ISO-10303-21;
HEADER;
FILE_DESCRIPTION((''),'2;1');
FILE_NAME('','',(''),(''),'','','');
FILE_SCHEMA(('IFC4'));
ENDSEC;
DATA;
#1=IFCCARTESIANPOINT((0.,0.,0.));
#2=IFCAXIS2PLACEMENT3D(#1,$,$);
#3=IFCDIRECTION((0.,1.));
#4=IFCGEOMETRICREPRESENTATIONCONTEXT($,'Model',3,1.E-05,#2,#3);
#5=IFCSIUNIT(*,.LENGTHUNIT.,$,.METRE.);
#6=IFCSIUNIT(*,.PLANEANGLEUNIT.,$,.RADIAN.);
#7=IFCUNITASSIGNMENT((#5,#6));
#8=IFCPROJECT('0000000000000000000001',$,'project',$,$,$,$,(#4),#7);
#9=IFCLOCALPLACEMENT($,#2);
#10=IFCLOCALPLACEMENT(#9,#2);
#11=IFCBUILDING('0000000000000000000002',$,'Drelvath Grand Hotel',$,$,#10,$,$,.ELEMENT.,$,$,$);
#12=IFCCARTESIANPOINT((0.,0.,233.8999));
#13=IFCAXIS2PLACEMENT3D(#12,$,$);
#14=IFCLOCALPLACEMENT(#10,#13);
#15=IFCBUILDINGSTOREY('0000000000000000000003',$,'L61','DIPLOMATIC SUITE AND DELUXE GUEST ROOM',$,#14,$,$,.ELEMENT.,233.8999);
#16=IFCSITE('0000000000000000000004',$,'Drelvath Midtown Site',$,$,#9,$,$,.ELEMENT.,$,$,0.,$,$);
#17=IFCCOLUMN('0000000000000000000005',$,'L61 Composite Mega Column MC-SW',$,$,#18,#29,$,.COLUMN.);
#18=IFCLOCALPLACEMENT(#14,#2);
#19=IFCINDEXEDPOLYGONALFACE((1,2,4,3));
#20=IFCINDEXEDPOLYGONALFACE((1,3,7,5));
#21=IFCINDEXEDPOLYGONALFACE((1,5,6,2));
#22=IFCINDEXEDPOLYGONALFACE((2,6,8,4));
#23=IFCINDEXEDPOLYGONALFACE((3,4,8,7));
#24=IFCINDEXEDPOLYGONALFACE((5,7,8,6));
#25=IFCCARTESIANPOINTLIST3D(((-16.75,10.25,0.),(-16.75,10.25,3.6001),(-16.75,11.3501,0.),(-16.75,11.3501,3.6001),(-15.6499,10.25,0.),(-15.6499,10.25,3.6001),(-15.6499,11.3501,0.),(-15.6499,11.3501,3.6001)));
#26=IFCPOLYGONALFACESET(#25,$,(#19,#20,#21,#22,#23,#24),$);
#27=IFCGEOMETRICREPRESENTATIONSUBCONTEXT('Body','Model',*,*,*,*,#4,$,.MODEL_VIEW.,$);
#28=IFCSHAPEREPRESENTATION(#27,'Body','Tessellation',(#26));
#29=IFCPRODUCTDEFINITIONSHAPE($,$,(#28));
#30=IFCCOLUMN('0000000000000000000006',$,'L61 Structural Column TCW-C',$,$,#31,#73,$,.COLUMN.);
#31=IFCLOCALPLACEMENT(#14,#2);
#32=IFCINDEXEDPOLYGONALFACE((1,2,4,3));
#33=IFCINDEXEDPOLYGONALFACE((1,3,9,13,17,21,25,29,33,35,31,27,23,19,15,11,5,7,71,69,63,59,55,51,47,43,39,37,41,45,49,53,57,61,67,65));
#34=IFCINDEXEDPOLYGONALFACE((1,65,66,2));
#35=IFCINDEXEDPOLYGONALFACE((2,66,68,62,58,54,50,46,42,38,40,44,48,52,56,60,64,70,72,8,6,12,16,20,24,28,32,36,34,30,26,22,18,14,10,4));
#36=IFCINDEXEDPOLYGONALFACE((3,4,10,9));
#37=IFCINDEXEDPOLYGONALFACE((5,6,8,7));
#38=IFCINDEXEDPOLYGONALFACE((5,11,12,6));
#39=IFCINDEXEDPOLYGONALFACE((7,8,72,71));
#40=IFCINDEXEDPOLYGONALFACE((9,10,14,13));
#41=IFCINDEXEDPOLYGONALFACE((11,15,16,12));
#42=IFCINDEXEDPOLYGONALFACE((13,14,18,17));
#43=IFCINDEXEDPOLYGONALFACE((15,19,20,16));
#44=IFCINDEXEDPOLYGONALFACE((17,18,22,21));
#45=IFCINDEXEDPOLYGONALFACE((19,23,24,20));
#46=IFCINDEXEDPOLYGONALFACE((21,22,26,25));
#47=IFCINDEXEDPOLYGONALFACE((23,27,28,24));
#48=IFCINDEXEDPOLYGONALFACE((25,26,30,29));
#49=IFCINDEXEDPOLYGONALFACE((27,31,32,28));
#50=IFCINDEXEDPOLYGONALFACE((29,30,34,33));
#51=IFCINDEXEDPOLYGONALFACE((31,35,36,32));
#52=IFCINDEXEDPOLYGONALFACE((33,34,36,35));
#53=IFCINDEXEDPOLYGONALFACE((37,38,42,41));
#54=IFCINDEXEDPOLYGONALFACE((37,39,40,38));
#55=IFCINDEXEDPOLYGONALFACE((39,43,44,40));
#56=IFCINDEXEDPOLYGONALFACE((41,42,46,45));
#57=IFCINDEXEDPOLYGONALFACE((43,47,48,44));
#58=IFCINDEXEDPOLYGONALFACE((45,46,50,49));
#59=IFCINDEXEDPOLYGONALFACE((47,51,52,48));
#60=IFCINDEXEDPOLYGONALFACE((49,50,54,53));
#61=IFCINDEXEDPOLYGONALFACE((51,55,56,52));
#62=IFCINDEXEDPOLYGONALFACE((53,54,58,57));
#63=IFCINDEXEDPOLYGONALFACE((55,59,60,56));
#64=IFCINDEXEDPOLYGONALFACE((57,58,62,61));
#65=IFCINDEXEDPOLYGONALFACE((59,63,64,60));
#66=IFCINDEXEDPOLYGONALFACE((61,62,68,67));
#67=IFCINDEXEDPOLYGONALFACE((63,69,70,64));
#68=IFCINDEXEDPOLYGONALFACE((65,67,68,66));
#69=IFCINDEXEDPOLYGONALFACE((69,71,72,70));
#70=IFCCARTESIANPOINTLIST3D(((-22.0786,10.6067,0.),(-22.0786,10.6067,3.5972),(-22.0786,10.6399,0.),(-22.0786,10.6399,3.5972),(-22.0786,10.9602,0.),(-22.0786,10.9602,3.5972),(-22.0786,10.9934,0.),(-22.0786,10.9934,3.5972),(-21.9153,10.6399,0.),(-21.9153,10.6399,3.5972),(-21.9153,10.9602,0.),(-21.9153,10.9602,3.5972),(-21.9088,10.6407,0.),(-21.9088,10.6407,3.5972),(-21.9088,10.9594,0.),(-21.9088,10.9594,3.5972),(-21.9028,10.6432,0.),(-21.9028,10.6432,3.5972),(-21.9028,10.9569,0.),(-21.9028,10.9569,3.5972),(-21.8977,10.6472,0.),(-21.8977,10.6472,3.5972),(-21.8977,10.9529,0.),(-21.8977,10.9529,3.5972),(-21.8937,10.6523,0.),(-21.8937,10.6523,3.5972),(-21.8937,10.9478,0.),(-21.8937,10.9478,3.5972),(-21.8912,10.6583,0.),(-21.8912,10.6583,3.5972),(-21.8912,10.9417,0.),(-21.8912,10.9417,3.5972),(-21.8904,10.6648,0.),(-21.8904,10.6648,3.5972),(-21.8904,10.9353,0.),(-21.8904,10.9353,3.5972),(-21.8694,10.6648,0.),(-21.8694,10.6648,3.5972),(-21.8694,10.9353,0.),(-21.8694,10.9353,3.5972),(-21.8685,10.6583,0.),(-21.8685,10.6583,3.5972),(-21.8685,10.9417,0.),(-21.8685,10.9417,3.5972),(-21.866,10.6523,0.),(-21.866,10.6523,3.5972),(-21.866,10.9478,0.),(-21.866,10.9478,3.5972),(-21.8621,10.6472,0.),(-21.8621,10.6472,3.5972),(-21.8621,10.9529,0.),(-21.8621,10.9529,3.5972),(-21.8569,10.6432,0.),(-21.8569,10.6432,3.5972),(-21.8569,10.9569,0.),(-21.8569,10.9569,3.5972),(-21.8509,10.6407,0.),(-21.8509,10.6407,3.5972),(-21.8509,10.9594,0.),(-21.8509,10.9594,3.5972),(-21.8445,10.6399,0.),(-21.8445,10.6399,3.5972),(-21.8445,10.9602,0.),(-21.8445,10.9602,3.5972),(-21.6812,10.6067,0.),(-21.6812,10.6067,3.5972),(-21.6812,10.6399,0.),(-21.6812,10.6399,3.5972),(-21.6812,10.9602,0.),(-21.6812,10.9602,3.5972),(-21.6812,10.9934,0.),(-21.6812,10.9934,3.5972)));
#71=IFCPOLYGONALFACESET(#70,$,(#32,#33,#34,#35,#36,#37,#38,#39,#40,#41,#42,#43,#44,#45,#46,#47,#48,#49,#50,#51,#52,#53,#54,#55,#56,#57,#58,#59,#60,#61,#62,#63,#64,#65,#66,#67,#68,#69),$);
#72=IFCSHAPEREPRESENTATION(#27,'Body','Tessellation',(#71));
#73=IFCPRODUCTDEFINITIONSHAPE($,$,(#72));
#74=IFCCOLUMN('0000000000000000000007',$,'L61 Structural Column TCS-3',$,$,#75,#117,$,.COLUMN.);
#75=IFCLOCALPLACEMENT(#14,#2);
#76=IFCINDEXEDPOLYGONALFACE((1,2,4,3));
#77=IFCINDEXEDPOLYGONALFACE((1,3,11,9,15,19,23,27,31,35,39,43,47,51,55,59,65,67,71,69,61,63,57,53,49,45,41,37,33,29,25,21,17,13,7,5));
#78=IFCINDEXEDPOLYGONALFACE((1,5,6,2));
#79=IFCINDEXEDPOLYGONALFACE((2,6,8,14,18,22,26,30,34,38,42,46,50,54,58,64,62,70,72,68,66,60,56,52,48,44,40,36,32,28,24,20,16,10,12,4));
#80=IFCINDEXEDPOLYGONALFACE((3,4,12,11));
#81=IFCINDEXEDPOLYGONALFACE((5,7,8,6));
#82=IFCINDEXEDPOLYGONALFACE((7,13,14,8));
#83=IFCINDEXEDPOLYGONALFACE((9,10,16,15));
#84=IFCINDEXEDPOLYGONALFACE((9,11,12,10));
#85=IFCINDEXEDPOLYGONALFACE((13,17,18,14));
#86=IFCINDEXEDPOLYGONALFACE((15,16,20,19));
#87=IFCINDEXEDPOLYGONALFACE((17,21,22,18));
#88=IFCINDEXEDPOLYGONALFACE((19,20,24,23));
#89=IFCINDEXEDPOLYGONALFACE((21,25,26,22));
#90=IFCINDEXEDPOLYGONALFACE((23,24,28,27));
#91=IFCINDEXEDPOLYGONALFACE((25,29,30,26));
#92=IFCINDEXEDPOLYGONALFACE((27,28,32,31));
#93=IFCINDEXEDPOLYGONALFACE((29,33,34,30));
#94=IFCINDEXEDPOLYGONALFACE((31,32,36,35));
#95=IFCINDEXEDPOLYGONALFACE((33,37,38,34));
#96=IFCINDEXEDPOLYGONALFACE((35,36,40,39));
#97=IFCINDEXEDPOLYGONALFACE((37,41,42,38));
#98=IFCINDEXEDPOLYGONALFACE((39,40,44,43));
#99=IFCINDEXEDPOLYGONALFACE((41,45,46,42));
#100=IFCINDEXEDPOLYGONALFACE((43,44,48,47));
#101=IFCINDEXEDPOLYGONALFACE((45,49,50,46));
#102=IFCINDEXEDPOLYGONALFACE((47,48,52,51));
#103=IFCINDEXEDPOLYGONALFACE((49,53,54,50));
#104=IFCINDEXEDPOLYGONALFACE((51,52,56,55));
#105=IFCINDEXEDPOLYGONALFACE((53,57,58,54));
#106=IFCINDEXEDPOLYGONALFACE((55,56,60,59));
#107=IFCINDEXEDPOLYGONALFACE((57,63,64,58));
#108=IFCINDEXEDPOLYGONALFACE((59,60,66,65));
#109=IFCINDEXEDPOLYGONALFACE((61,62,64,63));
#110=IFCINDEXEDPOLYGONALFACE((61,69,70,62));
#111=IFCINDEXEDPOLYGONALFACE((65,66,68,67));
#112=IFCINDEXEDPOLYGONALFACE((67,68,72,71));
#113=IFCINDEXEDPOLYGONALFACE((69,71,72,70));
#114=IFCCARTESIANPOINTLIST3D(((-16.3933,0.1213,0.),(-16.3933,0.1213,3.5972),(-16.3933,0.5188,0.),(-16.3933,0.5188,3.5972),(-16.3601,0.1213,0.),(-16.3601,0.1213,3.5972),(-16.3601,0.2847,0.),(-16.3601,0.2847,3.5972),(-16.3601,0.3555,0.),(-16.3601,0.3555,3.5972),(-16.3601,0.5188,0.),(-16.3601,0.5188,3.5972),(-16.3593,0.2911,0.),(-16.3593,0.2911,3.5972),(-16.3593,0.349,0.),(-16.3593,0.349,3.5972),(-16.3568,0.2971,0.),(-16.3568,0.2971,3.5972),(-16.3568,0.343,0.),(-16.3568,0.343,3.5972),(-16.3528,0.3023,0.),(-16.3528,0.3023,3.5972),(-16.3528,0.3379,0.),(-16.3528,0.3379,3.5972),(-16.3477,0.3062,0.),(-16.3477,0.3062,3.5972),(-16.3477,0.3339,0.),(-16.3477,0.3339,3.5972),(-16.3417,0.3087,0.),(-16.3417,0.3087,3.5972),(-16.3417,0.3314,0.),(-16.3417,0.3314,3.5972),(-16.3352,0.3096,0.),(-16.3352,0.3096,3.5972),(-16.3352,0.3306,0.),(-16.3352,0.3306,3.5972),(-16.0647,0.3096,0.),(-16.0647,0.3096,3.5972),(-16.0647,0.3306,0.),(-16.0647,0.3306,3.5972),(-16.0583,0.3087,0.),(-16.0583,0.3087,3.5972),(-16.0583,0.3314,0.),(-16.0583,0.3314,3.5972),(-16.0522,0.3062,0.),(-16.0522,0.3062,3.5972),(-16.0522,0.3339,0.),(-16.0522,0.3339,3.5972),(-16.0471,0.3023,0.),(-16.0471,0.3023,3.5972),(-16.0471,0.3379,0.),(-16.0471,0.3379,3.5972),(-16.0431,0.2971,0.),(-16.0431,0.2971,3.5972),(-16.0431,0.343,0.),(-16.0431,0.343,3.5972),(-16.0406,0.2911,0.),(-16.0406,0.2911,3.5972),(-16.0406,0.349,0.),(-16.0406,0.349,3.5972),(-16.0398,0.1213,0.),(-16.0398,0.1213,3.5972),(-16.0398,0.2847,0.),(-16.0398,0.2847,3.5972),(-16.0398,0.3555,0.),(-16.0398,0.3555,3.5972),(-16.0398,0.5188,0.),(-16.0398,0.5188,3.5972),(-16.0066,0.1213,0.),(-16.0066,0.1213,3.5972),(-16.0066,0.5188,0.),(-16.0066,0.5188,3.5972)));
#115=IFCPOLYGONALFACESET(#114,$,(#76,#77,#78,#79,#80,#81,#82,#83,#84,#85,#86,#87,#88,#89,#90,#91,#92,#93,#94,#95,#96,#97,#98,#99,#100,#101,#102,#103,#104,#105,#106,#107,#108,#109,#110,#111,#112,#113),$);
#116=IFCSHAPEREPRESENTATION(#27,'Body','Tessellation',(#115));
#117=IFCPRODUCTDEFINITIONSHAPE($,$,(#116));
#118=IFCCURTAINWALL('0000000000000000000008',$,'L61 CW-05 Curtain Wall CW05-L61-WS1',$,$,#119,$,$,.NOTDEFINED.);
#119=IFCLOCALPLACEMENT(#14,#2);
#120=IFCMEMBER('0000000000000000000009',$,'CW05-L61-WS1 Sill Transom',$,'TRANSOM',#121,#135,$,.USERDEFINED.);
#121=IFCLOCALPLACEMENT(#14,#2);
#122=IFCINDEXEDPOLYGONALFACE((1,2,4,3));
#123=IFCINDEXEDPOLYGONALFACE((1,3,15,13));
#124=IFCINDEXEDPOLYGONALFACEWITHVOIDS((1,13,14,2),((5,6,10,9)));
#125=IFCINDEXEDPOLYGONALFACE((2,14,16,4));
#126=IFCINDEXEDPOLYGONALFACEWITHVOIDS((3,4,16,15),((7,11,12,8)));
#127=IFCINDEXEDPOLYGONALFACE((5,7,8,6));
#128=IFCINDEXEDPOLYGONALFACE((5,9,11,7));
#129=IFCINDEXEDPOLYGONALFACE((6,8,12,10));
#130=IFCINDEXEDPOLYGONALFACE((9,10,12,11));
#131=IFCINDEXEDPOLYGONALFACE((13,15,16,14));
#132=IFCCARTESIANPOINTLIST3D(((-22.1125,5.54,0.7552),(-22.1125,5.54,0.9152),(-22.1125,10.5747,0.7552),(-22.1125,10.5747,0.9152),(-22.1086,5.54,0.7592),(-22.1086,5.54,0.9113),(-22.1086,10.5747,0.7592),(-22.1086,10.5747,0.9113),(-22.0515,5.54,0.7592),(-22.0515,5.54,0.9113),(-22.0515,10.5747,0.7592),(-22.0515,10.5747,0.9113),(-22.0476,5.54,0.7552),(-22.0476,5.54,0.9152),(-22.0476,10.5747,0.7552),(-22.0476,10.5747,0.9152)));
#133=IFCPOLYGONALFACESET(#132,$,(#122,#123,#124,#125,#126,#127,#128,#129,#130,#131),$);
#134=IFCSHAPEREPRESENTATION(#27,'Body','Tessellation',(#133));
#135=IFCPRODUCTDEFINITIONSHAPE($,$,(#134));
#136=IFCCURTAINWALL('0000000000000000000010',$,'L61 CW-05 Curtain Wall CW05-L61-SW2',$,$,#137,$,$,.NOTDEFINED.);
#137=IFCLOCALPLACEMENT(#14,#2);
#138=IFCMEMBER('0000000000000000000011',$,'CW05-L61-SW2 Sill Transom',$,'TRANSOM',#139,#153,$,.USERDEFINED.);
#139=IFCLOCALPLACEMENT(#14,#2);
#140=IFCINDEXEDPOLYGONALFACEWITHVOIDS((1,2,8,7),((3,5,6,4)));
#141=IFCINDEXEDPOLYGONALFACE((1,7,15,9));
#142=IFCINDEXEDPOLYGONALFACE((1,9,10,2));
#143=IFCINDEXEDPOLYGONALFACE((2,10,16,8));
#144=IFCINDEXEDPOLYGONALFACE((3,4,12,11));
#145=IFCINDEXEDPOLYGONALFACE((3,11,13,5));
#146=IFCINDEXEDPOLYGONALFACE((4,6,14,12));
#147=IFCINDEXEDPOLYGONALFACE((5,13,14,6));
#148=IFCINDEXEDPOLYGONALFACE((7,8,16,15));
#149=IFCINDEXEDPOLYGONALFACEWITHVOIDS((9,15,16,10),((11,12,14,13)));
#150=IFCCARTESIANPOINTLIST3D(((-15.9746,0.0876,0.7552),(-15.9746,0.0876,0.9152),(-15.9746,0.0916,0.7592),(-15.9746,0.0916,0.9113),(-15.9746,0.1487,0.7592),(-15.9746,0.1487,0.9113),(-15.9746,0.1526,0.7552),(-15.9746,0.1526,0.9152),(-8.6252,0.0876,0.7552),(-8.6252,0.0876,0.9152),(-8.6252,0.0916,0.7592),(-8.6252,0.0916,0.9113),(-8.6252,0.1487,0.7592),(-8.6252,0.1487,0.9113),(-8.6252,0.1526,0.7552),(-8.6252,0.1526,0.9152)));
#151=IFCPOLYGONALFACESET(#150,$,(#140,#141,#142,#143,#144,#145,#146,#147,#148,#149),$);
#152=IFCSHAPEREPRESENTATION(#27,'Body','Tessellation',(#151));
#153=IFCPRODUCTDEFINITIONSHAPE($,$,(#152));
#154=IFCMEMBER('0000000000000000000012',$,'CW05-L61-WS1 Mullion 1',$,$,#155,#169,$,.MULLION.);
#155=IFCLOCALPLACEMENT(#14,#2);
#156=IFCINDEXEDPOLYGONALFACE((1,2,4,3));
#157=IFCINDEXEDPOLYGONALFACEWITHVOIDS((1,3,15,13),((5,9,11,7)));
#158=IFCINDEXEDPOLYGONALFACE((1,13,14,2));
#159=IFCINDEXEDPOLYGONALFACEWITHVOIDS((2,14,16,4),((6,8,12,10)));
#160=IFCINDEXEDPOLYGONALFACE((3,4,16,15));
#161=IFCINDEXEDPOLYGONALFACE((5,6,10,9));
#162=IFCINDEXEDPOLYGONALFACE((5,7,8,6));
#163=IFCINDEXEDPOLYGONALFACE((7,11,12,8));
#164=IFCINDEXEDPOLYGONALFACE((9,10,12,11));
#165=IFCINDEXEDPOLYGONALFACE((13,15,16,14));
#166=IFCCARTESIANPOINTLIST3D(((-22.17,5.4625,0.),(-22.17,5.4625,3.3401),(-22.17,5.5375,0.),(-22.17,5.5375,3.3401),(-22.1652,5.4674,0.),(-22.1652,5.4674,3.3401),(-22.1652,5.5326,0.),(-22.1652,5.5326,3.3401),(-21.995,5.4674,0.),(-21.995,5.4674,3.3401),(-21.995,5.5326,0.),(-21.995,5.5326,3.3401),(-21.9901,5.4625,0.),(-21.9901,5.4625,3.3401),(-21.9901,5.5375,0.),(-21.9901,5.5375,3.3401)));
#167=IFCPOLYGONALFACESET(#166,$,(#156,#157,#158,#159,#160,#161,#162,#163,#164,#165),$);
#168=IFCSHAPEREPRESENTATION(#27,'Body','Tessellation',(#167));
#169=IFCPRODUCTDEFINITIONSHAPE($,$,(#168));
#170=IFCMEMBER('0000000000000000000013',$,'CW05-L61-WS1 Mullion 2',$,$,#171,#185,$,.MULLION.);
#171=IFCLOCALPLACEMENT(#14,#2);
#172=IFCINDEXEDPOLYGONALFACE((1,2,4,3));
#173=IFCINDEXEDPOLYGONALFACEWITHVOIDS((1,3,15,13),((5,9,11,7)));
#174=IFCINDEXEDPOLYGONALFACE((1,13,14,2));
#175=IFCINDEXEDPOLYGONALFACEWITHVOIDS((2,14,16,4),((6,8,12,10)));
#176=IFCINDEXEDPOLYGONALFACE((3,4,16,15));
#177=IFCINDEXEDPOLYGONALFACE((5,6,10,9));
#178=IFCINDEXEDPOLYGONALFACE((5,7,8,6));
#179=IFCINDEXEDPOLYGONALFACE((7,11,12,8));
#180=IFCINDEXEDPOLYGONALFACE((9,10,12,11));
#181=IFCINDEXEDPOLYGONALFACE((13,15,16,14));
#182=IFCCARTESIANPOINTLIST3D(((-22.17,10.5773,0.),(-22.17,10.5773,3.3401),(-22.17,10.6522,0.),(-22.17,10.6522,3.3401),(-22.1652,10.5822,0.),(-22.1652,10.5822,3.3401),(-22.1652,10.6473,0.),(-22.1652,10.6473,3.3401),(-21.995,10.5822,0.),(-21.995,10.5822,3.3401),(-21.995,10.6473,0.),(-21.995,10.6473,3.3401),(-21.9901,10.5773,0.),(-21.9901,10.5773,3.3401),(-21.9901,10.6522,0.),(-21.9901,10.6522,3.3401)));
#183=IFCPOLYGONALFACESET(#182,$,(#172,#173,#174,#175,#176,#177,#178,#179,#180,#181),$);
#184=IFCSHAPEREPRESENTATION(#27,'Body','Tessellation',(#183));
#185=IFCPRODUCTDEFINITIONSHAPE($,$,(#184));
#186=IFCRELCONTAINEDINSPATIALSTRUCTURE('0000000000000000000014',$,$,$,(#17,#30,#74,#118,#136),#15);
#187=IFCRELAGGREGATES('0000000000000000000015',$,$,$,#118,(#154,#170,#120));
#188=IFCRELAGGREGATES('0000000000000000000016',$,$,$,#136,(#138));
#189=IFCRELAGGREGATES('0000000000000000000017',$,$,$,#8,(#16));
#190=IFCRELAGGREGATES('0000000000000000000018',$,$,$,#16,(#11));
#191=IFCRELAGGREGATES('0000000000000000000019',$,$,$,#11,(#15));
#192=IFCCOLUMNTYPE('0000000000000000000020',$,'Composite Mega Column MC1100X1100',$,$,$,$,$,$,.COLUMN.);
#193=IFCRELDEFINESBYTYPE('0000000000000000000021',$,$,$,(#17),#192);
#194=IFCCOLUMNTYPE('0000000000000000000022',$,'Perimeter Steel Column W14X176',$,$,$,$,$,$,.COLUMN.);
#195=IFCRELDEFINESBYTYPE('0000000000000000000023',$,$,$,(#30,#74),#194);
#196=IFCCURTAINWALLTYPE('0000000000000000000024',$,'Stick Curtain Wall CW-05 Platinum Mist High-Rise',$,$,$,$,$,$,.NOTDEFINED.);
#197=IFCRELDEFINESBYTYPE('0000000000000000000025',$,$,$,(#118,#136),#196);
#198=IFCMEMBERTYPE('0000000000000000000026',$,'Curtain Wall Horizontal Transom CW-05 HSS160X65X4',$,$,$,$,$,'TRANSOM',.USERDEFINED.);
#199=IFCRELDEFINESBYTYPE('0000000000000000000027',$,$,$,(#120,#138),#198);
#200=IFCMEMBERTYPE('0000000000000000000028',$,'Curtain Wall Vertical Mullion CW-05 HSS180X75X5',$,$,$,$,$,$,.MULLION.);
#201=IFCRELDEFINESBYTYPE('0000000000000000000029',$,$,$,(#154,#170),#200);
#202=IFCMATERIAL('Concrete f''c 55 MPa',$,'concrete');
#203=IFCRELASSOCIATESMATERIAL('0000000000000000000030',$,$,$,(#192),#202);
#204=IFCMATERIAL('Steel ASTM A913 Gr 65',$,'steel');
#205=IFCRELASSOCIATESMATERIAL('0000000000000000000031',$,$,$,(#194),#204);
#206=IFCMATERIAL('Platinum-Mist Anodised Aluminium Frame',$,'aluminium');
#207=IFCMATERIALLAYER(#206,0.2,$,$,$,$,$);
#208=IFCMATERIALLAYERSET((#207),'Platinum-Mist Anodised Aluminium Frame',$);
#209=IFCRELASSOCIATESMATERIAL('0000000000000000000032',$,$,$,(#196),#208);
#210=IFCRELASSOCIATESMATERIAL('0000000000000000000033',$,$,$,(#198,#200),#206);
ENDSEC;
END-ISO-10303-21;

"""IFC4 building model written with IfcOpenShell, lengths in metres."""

from ifc_helpers import new_model, si_unit, direction, frame, origin, origin_2d, place, context, subcontext, project, spatial, rectangle, hollow_rectangle, i_section, extrude, material, layer, layer_set, material_profile, profile_set, type_object, element, aggregate, save


model = new_model("IFC4")

# Units and contexts
model_context = context("Model", 3, precision=1e-05, world=origin(), true_north=direction((0.0, 1.0)))
body_context = subcontext(model_context, "Body", "Model", "MODEL_VIEW")
ifc_project = project(units=[si_unit("LENGTHUNIT", "METRE"), si_unit("PLANEANGLEUNIT", "RADIAN")], contexts=[model_context])

# Site, building, storey
site_placement = place(None, origin())
site = spatial("IfcSite", under=ifc_project, at=site_placement, Name="Drelvath Midtown Site", CompositionType="ELEMENT", RefElevation=0.0)
building_placement = place(site_placement, origin())
building = spatial("IfcBuilding", under=site, at=building_placement, Name="Drelvath Grand Hotel", CompositionType="ELEMENT")
storey_placement = place(building_placement, frame((0.0, 0.0, 233.8999)))
storey = spatial("IfcBuildingStorey", under=building, at=storey_placement, Name="L61", Description="DIPLOMATIC SUITE AND DELUXE GUEST ROOM", CompositionType="ELEMENT", Elevation=233.8999)

# Columns
ifc_material_1 = material(Name="Concrete f'c 55 MPa", Category="concrete")
ifc_material_profile_1 = material_profile(ifc_material_1, rectangle(XDim=1.1001, YDim=1.1001, at=origin_2d()), Name="MC1100X1100")
ifc_profile_set_1 = profile_set([ifc_material_profile_1], Name="Concrete f'c 55 MPa")
column_type_1 = type_object("IfcColumnType", Name="Composite Mega Column MC1100X1100", PredefinedType="COLUMN", material=ifc_profile_set_1)
column_placement = place(storey_placement, frame((-16.2, 10.8, 0.0), z_axis=(0.0, 0.0, 1.0), x_axis=(1.0, 0.0, 0.0)))
element("IfcColumn", 1, at=column_placement, inside=storey, type_object=column_type_1, Name="L61 Composite Mega Column MC-SW", PredefinedType="COLUMN", context=body_context, shape_type="SweptSolid", body=[
    extrude(rectangle(XDim=1.1001, YDim=1.1001, at=origin_2d()), origin(), (0.0, 0.0, 1.0), 3.6001),
])
ifc_material_2 = material(Name="Steel ASTM A913 Gr 65", Category="steel")
ifc_material_profile_2 = material_profile(ifc_material_2, i_section(OverallWidth=0.3975, OverallDepth=0.3867, WebThickness=0.021, FlangeThickness=0.0332, FilletRadius=0.0249, at=origin_2d()), Name="W14X176")
ifc_profile_set_2 = profile_set([ifc_material_profile_2], Name="Steel ASTM A913 Gr 65")
column_type_2 = type_object("IfcColumnType", Name="Perimeter Steel Column W14X176", PredefinedType="COLUMN", material=ifc_profile_set_2)
for number, where, z_axis, x_axis, name in (
    (2, (-21.8799, 10.8, 0.0), (0.0, 0.0, 1.0), (1.0, 0.0, 0.0), "L61 Structural Column TCW-C"),
    (3, (-16.2, 0.3201, 0.0), (0.0, 0.0, 1.0), (0.0, 1.0, 0.0), "L61 Structural Column TCS-3"),
):
    element("IfcColumn", number, at=place(storey_placement, frame(where, z_axis=z_axis, x_axis=x_axis)), inside=storey, type_object=column_type_2, Name=name, PredefinedType="COLUMN", context=body_context, shape_type="SweptSolid", body=[
        extrude(i_section(OverallWidth=0.3975, OverallDepth=0.3867, WebThickness=0.021, FlangeThickness=0.0332, FilletRadius=0.0249, at=origin_2d()), origin(), (0.0, 0.0, 1.0), 3.5972),
    ])

# Curtain walls, members
ifc_material_3 = material(Name="Platinum-Mist Anodised Aluminium Frame", Category="aluminium")
ifc_layer_1 = layer(ifc_material_3, 0.2)
ifc_layer_set_1 = layer_set([ifc_layer_1], Name="Platinum-Mist Anodised Aluminium Frame")
curtain_wall_type = type_object("IfcCurtainWallType", Name="Stick Curtain Wall CW-05 Platinum Mist High-Rise", PredefinedType="NOTDEFINED", material=ifc_layer_set_1)
curtain_wall_1_placement = place(storey_placement, origin())
curtain_wall_1 = element("IfcCurtainWall", 4, at=curtain_wall_1_placement, inside=storey, type_object=curtain_wall_type, Name="L61 CW-05 Curtain Wall CW05-L61-WS1", PredefinedType="NOTDEFINED")
ifc_material_profile_3 = material_profile(ifc_material_3, hollow_rectangle(XDim=0.0649, YDim=0.1599, WallThickness=0.0039, at=origin_2d()), Name="HSS160X65X4")
ifc_profile_set_3 = profile_set([ifc_material_profile_3], Name="Platinum-Mist Anodised Aluminium Frame")
member_type_1 = type_object("IfcMemberType", Name="Curtain Wall Horizontal Transom CW-05 HSS160X65X4", ElementType="TRANSOM", PredefinedType="USERDEFINED", material=ifc_profile_set_3)
member_1_placement = place(storey_placement, frame((-22.0801, 5.54, 0.8352), z_axis=(0.0, 1.0, 0.0), x_axis=(-1.0, 0.0, 0.0)))
member_1 = element("IfcMember", 5, at=member_1_placement, type_object=member_type_1, Name="CW05-L61-WS1 Sill Transom", ObjectType="TRANSOM", PredefinedType="USERDEFINED", context=body_context, shape_type="SweptSolid", body=[
    extrude(hollow_rectangle(XDim=0.0649, YDim=0.1599, WallThickness=0.0039, at=origin_2d()), origin(), (0.0, 0.0, 1.0), 5.0347),
])
curtain_wall_2_placement = place(storey_placement, origin())
curtain_wall_2 = element("IfcCurtainWall", 6, at=curtain_wall_2_placement, inside=storey, type_object=curtain_wall_type, Name="L61 CW-05 Curtain Wall CW05-L61-SW2", PredefinedType="NOTDEFINED")
member_2_placement = place(storey_placement, frame((-8.6252, 0.1201, 0.8352), z_axis=(-1.0, 0.0, 0.0), x_axis=(0.0, -1.0, 0.0)))
member_2 = element("IfcMember", 7, at=member_2_placement, type_object=member_type_1, Name="CW05-L61-SW2 Sill Transom", ObjectType="TRANSOM", PredefinedType="USERDEFINED", context=body_context, shape_type="SweptSolid", body=[
    extrude(hollow_rectangle(XDim=0.0649, YDim=0.1599, WallThickness=0.0039, at=origin_2d()), origin(), (0.0, 0.0, 1.0), 7.3494),
])

# Members
ifc_material_profile_4 = material_profile(ifc_material_3, hollow_rectangle(XDim=0.075, YDim=0.1799, WallThickness=0.0049, at=origin_2d()), Name="HSS180X75X5")
ifc_profile_set_4 = profile_set([ifc_material_profile_4], Name="Platinum-Mist Anodised Aluminium Frame")
member_type_2 = type_object("IfcMemberType", Name="Curtain Wall Vertical Mullion CW-05 HSS180X75X5", PredefinedType="MULLION", material=ifc_profile_set_4)
member_3_placement = place(storey_placement, frame((-22.0801, 5.5, 0.0), z_axis=(0.0, 0.0, 1.0), x_axis=(0.0, 1.0, 0.0)))
member_3 = element("IfcMember", 8, at=member_3_placement, type_object=member_type_2, Name="CW05-L61-WS1 Mullion 1", PredefinedType="MULLION", context=body_context, shape_type="SweptSolid", body=[
    extrude(hollow_rectangle(XDim=0.075, YDim=0.1799, WallThickness=0.0049, at=origin_2d()), origin(), (0.0, 0.0, 1.0), 3.3401),
])
member_4_placement = place(storey_placement, frame((-22.0801, 10.6147, 0.0), z_axis=(0.0, 0.0, 1.0), x_axis=(0.0, 1.0, 0.0)))
member_4 = element("IfcMember", 9, at=member_4_placement, type_object=member_type_2, Name="CW05-L61-WS1 Mullion 2", PredefinedType="MULLION", context=body_context, shape_type="SweptSolid", body=[
    extrude(hollow_rectangle(XDim=0.075, YDim=0.1799, WallThickness=0.0049, at=origin_2d()), origin(), (0.0, 0.0, 1.0), 3.3401),
])

aggregate(curtain_wall_1, [member_3, member_4, member_1])
aggregate(curtain_wall_2, [member_2])

save(model, "model.ifc")
